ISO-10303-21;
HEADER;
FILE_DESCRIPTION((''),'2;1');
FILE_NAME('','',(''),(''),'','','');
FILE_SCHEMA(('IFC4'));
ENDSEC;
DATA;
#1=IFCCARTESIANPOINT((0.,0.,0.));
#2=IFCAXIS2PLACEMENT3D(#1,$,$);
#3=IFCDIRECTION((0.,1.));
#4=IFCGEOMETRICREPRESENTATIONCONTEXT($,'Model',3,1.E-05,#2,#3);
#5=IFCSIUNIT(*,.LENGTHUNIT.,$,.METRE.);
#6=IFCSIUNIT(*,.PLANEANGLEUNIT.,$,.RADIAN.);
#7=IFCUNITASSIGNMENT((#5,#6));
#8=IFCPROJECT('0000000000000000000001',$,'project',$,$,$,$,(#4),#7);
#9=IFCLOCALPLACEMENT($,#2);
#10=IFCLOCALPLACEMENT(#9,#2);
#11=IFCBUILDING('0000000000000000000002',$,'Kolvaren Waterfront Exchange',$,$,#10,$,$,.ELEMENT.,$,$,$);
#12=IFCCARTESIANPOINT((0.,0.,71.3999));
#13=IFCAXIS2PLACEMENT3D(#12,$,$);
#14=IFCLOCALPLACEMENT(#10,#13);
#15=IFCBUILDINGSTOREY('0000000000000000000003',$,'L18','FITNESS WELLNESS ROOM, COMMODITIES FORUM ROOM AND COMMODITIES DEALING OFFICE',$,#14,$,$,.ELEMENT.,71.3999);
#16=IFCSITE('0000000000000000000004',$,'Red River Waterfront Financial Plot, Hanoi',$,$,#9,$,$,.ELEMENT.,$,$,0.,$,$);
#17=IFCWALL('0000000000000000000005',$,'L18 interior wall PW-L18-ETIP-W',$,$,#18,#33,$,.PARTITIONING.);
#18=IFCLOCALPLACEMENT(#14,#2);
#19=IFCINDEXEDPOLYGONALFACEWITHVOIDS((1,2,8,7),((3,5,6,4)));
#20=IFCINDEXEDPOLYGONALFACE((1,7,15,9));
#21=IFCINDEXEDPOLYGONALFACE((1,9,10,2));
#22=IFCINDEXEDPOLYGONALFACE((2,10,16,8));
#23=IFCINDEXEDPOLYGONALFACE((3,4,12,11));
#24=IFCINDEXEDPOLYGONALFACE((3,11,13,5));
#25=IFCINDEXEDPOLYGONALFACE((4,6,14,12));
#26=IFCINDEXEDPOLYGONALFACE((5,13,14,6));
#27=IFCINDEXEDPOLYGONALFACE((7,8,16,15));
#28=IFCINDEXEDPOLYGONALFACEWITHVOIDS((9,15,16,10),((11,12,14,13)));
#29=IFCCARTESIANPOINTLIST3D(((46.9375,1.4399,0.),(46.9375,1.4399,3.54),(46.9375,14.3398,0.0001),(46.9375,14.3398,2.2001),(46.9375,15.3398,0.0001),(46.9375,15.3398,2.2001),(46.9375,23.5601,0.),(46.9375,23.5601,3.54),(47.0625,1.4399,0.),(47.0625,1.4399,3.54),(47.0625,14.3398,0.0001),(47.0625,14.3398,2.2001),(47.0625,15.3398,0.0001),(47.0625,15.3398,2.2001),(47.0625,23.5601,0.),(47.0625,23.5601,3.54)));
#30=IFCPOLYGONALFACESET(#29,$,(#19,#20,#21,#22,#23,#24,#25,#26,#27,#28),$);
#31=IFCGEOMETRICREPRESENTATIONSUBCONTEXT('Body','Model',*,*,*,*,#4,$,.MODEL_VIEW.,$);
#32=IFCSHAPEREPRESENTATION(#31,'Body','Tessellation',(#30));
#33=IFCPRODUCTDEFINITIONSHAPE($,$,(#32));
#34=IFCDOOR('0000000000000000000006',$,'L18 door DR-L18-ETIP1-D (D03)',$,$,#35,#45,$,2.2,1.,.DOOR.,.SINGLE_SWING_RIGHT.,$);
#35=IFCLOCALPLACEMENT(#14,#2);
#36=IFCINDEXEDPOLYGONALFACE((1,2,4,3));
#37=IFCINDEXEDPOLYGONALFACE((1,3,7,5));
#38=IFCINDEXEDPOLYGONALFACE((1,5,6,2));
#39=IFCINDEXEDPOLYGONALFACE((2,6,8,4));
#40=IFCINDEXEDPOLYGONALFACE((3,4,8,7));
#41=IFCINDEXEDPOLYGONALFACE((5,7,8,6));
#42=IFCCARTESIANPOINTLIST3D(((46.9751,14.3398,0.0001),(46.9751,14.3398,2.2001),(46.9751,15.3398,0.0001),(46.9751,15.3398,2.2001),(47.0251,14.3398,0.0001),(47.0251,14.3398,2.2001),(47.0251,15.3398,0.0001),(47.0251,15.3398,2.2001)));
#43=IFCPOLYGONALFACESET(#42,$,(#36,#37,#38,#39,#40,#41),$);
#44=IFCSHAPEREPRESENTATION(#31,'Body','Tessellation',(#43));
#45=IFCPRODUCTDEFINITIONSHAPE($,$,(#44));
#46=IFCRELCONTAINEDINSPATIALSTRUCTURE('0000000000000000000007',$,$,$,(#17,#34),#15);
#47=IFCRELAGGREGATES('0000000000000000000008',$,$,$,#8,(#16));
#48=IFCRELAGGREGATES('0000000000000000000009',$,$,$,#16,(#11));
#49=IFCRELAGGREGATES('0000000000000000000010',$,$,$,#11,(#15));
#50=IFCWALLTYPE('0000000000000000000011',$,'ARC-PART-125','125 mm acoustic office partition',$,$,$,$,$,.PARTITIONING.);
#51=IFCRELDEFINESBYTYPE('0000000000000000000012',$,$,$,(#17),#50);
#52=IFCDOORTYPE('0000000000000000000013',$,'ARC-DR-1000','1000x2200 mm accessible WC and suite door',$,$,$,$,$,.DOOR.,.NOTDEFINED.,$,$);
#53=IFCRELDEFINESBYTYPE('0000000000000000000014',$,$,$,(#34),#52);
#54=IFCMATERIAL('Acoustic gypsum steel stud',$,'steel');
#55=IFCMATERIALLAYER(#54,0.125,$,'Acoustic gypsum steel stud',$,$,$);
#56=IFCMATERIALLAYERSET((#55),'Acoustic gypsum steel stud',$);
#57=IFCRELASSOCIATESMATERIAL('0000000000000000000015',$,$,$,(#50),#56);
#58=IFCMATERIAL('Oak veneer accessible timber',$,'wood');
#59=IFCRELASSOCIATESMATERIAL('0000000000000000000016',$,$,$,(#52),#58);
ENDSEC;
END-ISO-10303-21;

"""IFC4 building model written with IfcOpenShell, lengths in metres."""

from ifc_helpers import new_model, si_unit, direction, frame, frame_2d, origin, place, context, subcontext, project, spatial, rectangle, extrude, material, layer, layer_set, type_object, element, fill, save


model = new_model("IFC4")

# Units and contexts
model_context = context("Model", 3, precision=1e-05, world=origin(), true_north=direction((0.0, 1.0)))
body_context = subcontext(model_context, "Body", "Model", "MODEL_VIEW")
ifc_project = project(units=[si_unit("LENGTHUNIT", "METRE"), si_unit("PLANEANGLEUNIT", "RADIAN")], contexts=[model_context])

# Site, building, storey
site_placement = place(None, origin())
site = spatial("IfcSite", under=ifc_project, at=site_placement, Name="Red River Waterfront Financial Plot, Hanoi", CompositionType="ELEMENT", RefElevation=0.0)
building_placement = place(site_placement, origin())
building = spatial("IfcBuilding", under=site, at=building_placement, Name="Kolvaren Waterfront Exchange", CompositionType="ELEMENT")
storey_placement = place(building_placement, frame((0.0, 0.0, 71.3999)))
storey = spatial("IfcBuildingStorey", under=building, at=storey_placement, Name="L18", Description="FITNESS WELLNESS ROOM, COMMODITIES FORUM ROOM AND COMMODITIES DEALING OFFICE", CompositionType="ELEMENT", Elevation=71.3999)

# Wall, opening, door
ifc_material_1 = material(Name="Acoustic gypsum steel stud", Category="steel")
ifc_layer_1 = layer(ifc_material_1, 0.125, Name="Acoustic gypsum steel stud")
ifc_layer_set_1 = layer_set([ifc_layer_1], Name="Acoustic gypsum steel stud")
wall_type_1 = type_object("IfcWallType", Name="ARC-PART-125", Description="125 mm acoustic office partition", PredefinedType="PARTITIONING", material=ifc_layer_set_1)
wall_1_placement = place(storey_placement, frame((47.0, 1.4399, 0.0), z_axis=(0.0, 0.0, 1.0), x_axis=(0.0, 1.0, 0.0)))
wall_1 = element("IfcWall", 1, at=wall_1_placement, inside=storey, type_object=wall_type_1, Name="L18 interior wall PW-L18-ETIP-W", PredefinedType="PARTITIONING", context=body_context, shape_type="SweptSolid", body=[
    extrude(rectangle(XDim=22.1201, YDim=0.125, at=frame_2d((11.0601, 0.0))), origin(), (0.0, 0.0, 1.0), 3.54),
])
opening_placement = place(wall_1_placement, frame((12.8999, 0.0, 0.0)))
opening = element("IfcOpeningElement", 2, at=opening_placement, cuts=wall_1, PredefinedType="OPENING", context=body_context, shape_type="SweptSolid", body=[
    extrude(rectangle(XDim=1.0, YDim=2.2, at=frame_2d((0.5, 1.1001))), frame((0.0, 0.0725, 0.0), z_axis=(0.0, -1.0, 0.0), x_axis=(1.0, 0.0, 0.0)), (0.0, 0.0, 1.0), 0.145),
])
ifc_material_2 = material(Name="Oak veneer accessible timber", Category="wood")
door_type = type_object("IfcDoorType", Name="ARC-DR-1000", Description="1000x2200 mm accessible WC and suite door", OperationType="NOTDEFINED", PredefinedType="DOOR", material=ifc_material_2)
door_placement = place(opening_placement, origin())
door = element("IfcDoor", 3, at=door_placement, inside=storey, type_object=door_type, Name="L18 door DR-L18-ETIP1-D (D03)", OperationType="SINGLE_SWING_RIGHT", OverallHeight=2.2, OverallWidth=1.0, PredefinedType="DOOR", context=body_context, shape_type="SweptSolid", body=[
    extrude(rectangle(XDim=1.0, YDim=2.2, at=frame_2d((0.5, 1.1001))), frame((0.0, 0.0249, 0.0), z_axis=(0.0, -1.0, 0.0), x_axis=(1.0, 0.0, 0.0)), (0.0, 0.0, 1.0), 0.05),
])
fill(opening, door)

save(model, "model.ifc")
